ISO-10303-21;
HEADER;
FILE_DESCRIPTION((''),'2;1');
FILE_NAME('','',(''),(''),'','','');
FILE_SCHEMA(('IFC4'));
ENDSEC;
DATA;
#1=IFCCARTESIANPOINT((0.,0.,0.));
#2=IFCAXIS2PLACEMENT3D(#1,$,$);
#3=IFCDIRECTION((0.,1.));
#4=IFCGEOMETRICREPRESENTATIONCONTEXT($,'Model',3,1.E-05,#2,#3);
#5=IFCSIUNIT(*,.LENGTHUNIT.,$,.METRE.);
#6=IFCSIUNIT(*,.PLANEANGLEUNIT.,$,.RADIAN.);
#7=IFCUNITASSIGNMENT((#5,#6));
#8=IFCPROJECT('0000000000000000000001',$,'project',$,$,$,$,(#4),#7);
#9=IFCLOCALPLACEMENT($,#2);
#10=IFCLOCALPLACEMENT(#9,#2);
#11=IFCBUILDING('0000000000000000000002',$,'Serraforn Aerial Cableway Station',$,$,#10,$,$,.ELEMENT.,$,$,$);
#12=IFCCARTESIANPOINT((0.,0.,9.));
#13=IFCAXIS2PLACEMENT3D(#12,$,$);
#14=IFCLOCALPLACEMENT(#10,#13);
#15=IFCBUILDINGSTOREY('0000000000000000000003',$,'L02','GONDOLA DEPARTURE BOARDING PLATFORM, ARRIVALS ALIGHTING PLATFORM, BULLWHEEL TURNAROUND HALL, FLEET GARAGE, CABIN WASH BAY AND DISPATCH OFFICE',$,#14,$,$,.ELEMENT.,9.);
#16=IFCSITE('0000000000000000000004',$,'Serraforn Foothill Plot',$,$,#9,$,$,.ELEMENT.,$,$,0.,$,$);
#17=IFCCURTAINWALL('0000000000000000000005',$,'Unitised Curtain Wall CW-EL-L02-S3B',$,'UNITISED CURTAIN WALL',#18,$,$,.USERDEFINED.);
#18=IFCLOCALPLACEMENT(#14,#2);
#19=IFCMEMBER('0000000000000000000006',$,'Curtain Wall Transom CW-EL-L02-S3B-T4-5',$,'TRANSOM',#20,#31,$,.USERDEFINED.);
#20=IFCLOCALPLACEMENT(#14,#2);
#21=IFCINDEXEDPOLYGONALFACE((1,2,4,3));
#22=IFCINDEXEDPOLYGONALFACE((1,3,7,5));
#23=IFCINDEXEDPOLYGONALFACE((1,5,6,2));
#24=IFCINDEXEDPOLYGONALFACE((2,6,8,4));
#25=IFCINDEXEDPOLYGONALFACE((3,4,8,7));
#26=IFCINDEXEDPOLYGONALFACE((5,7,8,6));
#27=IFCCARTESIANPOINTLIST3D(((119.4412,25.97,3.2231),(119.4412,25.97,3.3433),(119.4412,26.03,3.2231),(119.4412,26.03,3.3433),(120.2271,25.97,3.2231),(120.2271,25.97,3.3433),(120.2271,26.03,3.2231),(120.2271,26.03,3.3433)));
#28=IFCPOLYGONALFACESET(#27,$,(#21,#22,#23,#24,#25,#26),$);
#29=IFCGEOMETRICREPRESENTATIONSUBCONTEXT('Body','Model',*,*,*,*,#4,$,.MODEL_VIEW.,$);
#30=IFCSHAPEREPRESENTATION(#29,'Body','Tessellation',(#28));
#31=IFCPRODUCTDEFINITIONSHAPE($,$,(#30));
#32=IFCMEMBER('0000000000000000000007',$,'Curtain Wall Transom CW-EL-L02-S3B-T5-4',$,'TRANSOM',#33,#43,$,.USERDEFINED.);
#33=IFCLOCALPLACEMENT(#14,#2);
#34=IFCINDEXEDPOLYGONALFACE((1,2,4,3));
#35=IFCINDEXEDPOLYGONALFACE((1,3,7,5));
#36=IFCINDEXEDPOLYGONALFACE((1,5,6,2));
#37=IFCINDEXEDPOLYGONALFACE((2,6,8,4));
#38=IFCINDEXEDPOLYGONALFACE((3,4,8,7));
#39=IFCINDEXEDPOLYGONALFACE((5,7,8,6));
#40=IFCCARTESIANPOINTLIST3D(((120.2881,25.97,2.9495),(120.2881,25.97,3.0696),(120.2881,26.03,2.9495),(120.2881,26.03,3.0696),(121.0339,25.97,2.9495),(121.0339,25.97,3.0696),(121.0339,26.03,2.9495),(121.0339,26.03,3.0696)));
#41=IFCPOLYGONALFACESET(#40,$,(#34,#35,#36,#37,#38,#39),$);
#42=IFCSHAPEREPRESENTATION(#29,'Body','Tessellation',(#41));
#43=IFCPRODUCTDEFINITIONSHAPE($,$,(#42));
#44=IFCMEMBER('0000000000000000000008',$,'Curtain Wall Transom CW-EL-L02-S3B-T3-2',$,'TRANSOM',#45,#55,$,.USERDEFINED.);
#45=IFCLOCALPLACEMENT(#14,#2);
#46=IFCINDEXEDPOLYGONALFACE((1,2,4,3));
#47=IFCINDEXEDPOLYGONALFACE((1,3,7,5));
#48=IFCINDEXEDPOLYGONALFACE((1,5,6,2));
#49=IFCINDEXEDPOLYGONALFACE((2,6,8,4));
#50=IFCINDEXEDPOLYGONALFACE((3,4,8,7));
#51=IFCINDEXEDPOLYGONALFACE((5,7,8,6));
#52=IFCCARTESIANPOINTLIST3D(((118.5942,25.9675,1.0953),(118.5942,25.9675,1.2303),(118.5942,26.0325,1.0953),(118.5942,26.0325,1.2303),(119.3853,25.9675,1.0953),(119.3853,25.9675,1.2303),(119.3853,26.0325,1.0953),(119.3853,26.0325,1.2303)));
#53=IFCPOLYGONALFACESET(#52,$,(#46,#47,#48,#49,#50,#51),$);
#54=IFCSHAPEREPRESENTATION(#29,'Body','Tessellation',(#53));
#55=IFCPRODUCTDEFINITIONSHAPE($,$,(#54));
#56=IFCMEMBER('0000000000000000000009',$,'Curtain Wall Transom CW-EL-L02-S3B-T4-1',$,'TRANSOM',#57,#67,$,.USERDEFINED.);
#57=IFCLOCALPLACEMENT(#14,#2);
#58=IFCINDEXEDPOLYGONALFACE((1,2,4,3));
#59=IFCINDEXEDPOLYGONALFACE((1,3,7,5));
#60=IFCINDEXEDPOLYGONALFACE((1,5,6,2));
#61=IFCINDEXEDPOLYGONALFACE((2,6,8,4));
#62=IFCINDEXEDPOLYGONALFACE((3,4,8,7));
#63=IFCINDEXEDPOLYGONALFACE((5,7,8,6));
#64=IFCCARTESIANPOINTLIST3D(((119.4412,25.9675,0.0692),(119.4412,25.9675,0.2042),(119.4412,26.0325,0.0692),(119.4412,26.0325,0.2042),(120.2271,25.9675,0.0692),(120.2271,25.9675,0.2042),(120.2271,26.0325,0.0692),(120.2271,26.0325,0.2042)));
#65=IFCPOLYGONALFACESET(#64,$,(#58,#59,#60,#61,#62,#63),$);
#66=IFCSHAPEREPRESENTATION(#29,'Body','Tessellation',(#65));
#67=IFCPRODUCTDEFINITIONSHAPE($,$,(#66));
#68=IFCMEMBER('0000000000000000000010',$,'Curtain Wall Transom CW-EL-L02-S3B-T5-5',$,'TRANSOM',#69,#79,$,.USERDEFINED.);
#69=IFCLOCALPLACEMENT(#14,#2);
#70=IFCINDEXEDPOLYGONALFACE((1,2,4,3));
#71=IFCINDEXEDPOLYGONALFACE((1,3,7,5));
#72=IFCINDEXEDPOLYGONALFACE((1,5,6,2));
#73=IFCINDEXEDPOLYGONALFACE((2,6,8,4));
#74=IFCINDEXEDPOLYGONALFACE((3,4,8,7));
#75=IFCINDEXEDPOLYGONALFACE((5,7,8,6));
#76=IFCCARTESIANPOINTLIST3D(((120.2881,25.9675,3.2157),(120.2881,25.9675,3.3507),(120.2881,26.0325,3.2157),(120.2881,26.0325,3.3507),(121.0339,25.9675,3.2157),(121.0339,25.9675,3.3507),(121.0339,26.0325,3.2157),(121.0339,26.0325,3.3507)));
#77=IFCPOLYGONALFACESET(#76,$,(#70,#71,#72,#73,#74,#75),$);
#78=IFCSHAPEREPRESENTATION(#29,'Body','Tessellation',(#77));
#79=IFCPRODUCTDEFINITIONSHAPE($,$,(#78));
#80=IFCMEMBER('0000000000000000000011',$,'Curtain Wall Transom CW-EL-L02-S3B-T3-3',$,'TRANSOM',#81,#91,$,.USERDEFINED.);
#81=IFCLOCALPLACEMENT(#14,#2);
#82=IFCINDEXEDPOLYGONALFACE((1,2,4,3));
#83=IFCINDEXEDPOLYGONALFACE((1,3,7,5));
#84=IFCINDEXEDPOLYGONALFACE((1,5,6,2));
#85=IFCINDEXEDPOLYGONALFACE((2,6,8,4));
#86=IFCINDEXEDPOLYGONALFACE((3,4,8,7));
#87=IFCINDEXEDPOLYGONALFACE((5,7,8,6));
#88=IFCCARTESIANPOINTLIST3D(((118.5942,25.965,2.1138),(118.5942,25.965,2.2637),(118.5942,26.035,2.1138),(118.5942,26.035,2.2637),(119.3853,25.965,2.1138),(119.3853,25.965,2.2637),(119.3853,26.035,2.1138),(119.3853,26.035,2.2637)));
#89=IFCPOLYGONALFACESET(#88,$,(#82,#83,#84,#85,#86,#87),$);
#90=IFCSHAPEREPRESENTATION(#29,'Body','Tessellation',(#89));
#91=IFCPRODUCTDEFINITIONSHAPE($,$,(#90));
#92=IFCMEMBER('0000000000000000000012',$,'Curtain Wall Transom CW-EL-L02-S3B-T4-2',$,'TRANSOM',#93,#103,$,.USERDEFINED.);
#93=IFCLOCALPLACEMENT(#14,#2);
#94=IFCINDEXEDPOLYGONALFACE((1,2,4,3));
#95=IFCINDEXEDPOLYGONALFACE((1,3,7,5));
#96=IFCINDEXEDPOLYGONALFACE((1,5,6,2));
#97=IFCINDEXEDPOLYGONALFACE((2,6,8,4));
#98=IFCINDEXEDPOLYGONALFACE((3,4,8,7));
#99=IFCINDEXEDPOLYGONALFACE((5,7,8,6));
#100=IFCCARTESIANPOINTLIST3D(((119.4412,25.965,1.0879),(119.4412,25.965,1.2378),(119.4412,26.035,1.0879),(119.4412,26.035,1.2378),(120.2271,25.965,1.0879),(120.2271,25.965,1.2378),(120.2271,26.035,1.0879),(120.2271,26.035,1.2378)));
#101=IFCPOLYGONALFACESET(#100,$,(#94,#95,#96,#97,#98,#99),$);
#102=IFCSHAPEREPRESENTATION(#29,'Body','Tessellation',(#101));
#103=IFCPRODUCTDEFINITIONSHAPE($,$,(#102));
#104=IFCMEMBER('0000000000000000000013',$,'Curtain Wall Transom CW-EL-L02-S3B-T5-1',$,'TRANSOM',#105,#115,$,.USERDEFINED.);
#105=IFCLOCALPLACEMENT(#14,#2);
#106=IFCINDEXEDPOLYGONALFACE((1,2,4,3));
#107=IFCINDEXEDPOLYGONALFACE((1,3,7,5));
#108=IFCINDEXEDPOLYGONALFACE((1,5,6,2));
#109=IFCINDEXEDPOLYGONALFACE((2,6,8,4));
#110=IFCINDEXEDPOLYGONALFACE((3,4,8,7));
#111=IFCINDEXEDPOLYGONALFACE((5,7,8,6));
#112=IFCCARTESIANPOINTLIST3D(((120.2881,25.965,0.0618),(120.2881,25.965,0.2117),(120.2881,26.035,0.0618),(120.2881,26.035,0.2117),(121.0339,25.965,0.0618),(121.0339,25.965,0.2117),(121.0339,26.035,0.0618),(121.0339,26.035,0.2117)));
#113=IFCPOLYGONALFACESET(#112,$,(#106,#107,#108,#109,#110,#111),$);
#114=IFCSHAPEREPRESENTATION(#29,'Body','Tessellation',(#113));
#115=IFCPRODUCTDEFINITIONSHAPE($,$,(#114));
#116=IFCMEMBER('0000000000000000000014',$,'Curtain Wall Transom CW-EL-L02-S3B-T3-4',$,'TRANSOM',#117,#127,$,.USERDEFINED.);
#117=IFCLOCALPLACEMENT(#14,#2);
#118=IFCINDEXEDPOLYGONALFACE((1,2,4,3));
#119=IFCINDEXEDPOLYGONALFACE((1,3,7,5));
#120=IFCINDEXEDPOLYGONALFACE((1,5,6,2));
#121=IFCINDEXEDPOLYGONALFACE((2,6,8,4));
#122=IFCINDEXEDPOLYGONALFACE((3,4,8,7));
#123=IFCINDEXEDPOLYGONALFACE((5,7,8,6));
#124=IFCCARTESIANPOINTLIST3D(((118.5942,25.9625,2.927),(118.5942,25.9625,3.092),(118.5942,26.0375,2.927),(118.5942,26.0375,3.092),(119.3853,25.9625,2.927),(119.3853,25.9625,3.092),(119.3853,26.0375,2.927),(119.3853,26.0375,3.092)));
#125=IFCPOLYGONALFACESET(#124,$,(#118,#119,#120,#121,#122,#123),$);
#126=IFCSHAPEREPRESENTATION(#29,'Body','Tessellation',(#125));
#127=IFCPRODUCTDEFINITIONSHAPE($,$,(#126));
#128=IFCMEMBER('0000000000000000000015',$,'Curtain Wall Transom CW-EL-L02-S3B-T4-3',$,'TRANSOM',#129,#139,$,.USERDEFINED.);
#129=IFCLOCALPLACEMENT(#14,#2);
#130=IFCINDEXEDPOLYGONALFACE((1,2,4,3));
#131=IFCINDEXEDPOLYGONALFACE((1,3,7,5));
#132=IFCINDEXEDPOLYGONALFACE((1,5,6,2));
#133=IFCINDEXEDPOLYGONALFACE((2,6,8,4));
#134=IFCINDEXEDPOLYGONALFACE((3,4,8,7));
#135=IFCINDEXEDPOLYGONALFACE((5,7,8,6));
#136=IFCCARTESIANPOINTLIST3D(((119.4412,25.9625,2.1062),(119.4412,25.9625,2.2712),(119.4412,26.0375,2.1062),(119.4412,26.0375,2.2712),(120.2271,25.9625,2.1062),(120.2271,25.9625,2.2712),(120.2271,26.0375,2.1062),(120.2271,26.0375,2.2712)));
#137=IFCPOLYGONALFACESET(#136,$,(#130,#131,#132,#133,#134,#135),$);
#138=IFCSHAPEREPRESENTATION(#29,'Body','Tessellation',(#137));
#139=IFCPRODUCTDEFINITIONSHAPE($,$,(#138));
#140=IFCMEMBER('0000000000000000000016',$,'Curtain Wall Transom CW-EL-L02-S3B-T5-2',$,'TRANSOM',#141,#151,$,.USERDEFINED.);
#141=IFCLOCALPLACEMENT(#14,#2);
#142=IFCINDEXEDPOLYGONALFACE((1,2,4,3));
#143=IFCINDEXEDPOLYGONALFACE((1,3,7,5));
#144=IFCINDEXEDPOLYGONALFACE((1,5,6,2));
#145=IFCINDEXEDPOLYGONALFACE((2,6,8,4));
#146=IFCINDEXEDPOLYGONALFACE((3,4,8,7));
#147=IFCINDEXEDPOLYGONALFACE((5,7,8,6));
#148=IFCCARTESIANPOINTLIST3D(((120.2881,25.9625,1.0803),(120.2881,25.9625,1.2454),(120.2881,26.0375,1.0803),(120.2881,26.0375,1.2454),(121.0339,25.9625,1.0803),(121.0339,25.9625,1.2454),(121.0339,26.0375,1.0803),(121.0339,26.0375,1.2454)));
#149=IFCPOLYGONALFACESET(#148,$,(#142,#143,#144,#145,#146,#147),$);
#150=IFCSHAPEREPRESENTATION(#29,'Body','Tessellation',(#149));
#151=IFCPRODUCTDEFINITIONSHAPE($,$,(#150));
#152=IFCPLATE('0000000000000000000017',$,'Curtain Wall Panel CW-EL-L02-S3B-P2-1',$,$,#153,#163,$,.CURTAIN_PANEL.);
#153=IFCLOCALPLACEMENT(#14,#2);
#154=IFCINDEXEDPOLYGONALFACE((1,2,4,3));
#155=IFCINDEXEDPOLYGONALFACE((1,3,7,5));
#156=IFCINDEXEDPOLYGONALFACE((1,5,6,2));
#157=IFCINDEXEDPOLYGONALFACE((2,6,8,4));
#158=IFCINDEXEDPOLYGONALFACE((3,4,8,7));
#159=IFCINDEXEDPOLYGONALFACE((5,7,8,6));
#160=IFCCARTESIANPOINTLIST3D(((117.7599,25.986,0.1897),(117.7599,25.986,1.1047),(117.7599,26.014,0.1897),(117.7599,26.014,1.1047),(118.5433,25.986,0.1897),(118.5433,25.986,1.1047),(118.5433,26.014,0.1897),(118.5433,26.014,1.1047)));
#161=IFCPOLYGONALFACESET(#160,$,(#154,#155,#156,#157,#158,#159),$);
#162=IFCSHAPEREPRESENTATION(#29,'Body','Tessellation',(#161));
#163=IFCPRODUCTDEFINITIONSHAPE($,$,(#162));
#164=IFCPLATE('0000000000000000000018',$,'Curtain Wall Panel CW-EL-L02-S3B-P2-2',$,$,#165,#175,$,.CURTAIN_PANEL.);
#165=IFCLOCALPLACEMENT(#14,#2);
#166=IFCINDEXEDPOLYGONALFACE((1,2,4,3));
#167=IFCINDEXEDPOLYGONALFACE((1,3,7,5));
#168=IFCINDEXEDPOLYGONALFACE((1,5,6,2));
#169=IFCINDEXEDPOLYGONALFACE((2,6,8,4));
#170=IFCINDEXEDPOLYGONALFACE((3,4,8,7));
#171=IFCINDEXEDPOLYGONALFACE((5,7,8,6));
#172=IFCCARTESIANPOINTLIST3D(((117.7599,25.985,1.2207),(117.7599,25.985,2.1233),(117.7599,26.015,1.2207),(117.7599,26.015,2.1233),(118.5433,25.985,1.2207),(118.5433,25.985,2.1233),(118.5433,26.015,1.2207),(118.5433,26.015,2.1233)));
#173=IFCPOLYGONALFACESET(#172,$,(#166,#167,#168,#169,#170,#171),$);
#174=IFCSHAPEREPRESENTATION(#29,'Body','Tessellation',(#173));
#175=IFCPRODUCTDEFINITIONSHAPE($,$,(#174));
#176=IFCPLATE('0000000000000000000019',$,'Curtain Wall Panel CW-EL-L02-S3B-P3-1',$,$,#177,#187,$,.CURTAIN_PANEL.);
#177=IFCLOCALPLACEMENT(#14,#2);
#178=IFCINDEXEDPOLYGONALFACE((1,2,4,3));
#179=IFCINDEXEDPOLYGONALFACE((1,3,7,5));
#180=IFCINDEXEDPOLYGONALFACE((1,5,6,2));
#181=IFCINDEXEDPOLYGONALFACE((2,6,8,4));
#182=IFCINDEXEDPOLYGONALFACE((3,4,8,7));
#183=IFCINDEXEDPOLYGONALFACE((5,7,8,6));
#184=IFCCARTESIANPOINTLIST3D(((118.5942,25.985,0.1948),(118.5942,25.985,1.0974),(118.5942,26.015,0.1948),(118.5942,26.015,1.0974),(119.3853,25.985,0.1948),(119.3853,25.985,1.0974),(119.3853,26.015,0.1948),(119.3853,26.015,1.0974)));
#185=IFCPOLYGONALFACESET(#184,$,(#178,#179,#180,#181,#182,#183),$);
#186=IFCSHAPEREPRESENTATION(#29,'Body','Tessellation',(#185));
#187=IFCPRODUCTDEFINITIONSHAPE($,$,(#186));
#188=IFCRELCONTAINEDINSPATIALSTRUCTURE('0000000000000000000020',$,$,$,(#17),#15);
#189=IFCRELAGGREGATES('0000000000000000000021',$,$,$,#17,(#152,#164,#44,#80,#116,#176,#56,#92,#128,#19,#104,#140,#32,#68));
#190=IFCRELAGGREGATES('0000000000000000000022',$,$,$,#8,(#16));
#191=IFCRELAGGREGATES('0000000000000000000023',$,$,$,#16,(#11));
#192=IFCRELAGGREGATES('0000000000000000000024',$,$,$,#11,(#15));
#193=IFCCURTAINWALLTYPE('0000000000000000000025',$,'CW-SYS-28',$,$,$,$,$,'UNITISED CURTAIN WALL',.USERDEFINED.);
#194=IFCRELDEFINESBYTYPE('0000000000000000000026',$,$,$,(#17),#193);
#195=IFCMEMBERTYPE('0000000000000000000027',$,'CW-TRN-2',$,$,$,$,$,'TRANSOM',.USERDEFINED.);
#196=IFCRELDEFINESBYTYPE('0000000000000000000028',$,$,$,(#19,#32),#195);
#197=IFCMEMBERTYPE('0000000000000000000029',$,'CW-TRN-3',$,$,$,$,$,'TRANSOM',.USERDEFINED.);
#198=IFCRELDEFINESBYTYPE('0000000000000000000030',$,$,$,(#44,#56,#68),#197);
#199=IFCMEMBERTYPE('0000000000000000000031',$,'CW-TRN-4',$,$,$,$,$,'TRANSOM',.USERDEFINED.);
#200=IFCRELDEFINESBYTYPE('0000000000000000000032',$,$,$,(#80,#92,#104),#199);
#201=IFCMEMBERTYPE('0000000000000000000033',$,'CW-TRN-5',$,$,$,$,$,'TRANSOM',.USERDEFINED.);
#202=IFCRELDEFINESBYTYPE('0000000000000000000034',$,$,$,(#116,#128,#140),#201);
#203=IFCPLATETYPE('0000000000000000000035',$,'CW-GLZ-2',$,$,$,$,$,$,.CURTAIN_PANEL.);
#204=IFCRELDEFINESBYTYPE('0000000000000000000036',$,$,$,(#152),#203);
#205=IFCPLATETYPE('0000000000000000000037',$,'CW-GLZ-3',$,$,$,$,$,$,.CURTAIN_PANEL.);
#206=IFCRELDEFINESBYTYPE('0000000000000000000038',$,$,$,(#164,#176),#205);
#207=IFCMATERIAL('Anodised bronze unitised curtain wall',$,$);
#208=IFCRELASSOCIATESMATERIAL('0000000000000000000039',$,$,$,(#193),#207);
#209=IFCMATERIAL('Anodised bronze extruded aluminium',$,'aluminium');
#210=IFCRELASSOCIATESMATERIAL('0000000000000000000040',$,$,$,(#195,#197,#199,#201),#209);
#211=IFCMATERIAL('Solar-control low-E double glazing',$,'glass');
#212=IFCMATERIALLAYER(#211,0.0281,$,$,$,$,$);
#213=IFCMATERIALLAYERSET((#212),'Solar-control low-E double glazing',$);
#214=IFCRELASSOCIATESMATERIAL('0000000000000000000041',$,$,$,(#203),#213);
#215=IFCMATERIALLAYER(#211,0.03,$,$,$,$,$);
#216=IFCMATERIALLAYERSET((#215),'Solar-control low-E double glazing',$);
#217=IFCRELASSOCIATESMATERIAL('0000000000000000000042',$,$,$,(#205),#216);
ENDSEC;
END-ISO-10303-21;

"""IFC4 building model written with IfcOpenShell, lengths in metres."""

from ifc_helpers import new_model, si_unit, direction, frame, origin, origin_2d, place, context, subcontext, project, spatial, rectangle, extrude, material, layer, layer_set, material_profile, profile_set, type_object, element, aggregate, save


model = new_model("IFC4")

# Units and contexts
model_context = context("Model", 3, precision=1e-05, world=origin(), true_north=direction((0.0, 1.0)))
body_context = subcontext(model_context, "Body", "Model", "MODEL_VIEW")
ifc_project = project(units=[si_unit("LENGTHUNIT", "METRE"), si_unit("PLANEANGLEUNIT", "RADIAN")], contexts=[model_context])

# Site, building, storey
site_placement = place(None, origin())
site = spatial("IfcSite", under=ifc_project, at=site_placement, Name="Serraforn Foothill Plot", CompositionType="ELEMENT", RefElevation=0.0)
building_placement = place(site_placement, origin())
building = spatial("IfcBuilding", under=site, at=building_placement, Name="Serraforn Aerial Cableway Station", CompositionType="ELEMENT")
storey_placement = place(building_placement, frame((0.0, 0.0, 9.0)))
storey = spatial("IfcBuildingStorey", under=building, at=storey_placement, Name="L02", Description="GONDOLA DEPARTURE BOARDING PLATFORM, ARRIVALS ALIGHTING PLATFORM, BULLWHEEL TURNAROUND HALL, FLEET GARAGE, CABIN WASH BAY AND DISPATCH OFFICE", CompositionType="ELEMENT", Elevation=9.0)

# Curtain wall, members, plates
ifc_material_1 = material(Name="Anodised bronze unitised curtain wall")
curtain_wall_type = type_object("IfcCurtainWallType", Name="CW-SYS-28", ElementType="UNITISED CURTAIN WALL", PredefinedType="USERDEFINED", material=ifc_material_1)
curtain_wall_placement = place(storey_placement, origin())
curtain_wall = element("IfcCurtainWall", 1, at=curtain_wall_placement, inside=storey, type_object=curtain_wall_type, Name="Unitised Curtain Wall CW-EL-L02-S3B", ObjectType="UNITISED CURTAIN WALL", PredefinedType="USERDEFINED")
ifc_material_2 = material(Name="Anodised bronze extruded aluminium", Category="aluminium")
ifc_material_profile_1 = material_profile(ifc_material_2, rectangle(XDim=0.0601, YDim=0.1201, at=origin_2d()), Name="CW TRANSOM 60x120")
ifc_profile_set_1 = profile_set([ifc_material_profile_1], Name="Anodised bronze extruded aluminium")
member_type_1 = type_object("IfcMemberType", Name="CW-TRN-2", ElementType="TRANSOM", PredefinedType="USERDEFINED", material=ifc_profile_set_1)
member_1_placement = place(storey_placement, frame((119.4412, 26.0, 3.2832), z_axis=(1.0, 0.0, 0.0), x_axis=(0.0, 1.0, 0.0)))
member_1 = element("IfcMember", 2, at=member_1_placement, type_object=member_type_1, Name="Curtain Wall Transom CW-EL-L02-S3B-T4-5", ObjectType="TRANSOM", PredefinedType="USERDEFINED", context=body_context, shape_type="SweptSolid", body=[
    extrude(rectangle(XDim=0.0601, YDim=0.1201, at=origin_2d()), origin(), (0.0, 0.0, 1.0), 0.7859),
])
member_2_placement = place(storey_placement, frame((120.2881, 26.0, 3.0095), z_axis=(1.0, 0.0, 0.0), x_axis=(0.0, 1.0, 0.0)))
member_2 = element("IfcMember", 3, at=member_2_placement, type_object=member_type_1, Name="Curtain Wall Transom CW-EL-L02-S3B-T5-4", ObjectType="TRANSOM", PredefinedType="USERDEFINED", context=body_context, shape_type="SweptSolid", body=[
    extrude(rectangle(XDim=0.0601, YDim=0.1201, at=origin_2d()), origin(), (0.0, 0.0, 1.0), 0.7458),
])
ifc_material_profile_2 = material_profile(ifc_material_2, rectangle(XDim=0.0649, YDim=0.135, at=origin_2d()), Name="CW TRANSOM 65x135")
ifc_profile_set_2 = profile_set([ifc_material_profile_2], Name="Anodised bronze extruded aluminium")
member_type_2 = type_object("IfcMemberType", Name="CW-TRN-3", ElementType="TRANSOM", PredefinedType="USERDEFINED", material=ifc_profile_set_2)
member_3_placement = place(storey_placement, frame((118.5942, 26.0, 1.1628), z_axis=(1.0, 0.0, 0.0), x_axis=(0.0, 1.0, 0.0)))
member_3 = element("IfcMember", 4, at=member_3_placement, type_object=member_type_2, Name="Curtain Wall Transom CW-EL-L02-S3B-T3-2", ObjectType="TRANSOM", PredefinedType="USERDEFINED", context=body_context, shape_type="SweptSolid", body=[
    extrude(rectangle(XDim=0.0649, YDim=0.135, at=origin_2d()), origin(), (0.0, 0.0, 1.0), 0.791),
])
member_4_placement = place(storey_placement, frame((119.4412, 26.0, 0.1367), z_axis=(1.0, 0.0, 0.0), x_axis=(0.0, 1.0, 0.0)))
member_4 = element("IfcMember", 5, at=member_4_placement, type_object=member_type_2, Name="Curtain Wall Transom CW-EL-L02-S3B-T4-1", ObjectType="TRANSOM", PredefinedType="USERDEFINED", context=body_context, shape_type="SweptSolid", body=[
    extrude(rectangle(XDim=0.0649, YDim=0.135, at=origin_2d()), origin(), (0.0, 0.0, 1.0), 0.7859),
])
member_5_placement = place(storey_placement, frame((120.2881, 26.0, 3.2832), z_axis=(1.0, 0.0, 0.0), x_axis=(0.0, 1.0, 0.0)))
member_5 = element("IfcMember", 6, at=member_5_placement, type_object=member_type_2, Name="Curtain Wall Transom CW-EL-L02-S3B-T5-5", ObjectType="TRANSOM", PredefinedType="USERDEFINED", context=body_context, shape_type="SweptSolid", body=[
    extrude(rectangle(XDim=0.0649, YDim=0.135, at=origin_2d()), origin(), (0.0, 0.0, 1.0), 0.7458),
])
ifc_material_profile_3 = material_profile(ifc_material_2, rectangle(XDim=0.0701, YDim=0.1499, at=origin_2d()), Name="CW TRANSOM 70x150")
ifc_profile_set_3 = profile_set([ifc_material_profile_3], Name="Anodised bronze extruded aluminium")
member_type_3 = type_object("IfcMemberType", Name="CW-TRN-4", ElementType="TRANSOM", PredefinedType="USERDEFINED", material=ifc_profile_set_3)
member_6_placement = place(storey_placement, frame((118.5942, 26.0, 2.1887), z_axis=(1.0, 0.0, 0.0), x_axis=(0.0, 1.0, 0.0)))
member_6 = element("IfcMember", 7, at=member_6_placement, type_object=member_type_3, Name="Curtain Wall Transom CW-EL-L02-S3B-T3-3", ObjectType="TRANSOM", PredefinedType="USERDEFINED", context=body_context, shape_type="SweptSolid", body=[
    extrude(rectangle(XDim=0.0701, YDim=0.1499, at=origin_2d()), origin(), (0.0, 0.0, 1.0), 0.791),
])
member_7_placement = place(storey_placement, frame((119.4412, 26.0, 1.1628), z_axis=(1.0, 0.0, 0.0), x_axis=(0.0, 1.0, 0.0)))
member_7 = element("IfcMember", 8, at=member_7_placement, type_object=member_type_3, Name="Curtain Wall Transom CW-EL-L02-S3B-T4-2", ObjectType="TRANSOM", PredefinedType="USERDEFINED", context=body_context, shape_type="SweptSolid", body=[
    extrude(rectangle(XDim=0.0701, YDim=0.1499, at=origin_2d()), origin(), (0.0, 0.0, 1.0), 0.7859),
])
member_8_placement = place(storey_placement, frame((120.2881, 26.0, 0.1367), z_axis=(1.0, 0.0, 0.0), x_axis=(0.0, 1.0, 0.0)))
member_8 = element("IfcMember", 9, at=member_8_placement, type_object=member_type_3, Name="Curtain Wall Transom CW-EL-L02-S3B-T5-1", ObjectType="TRANSOM", PredefinedType="USERDEFINED", context=body_context, shape_type="SweptSolid", body=[
    extrude(rectangle(XDim=0.0701, YDim=0.1499, at=origin_2d()), origin(), (0.0, 0.0, 1.0), 0.7458),
])
ifc_material_profile_4 = material_profile(ifc_material_2, rectangle(XDim=0.075, YDim=0.165, at=origin_2d()), Name="CW TRANSOM 75x165")
ifc_profile_set_4 = profile_set([ifc_material_profile_4], Name="Anodised bronze extruded aluminium")
member_type_4 = type_object("IfcMemberType", Name="CW-TRN-5", ElementType="TRANSOM", PredefinedType="USERDEFINED", material=ifc_profile_set_4)
member_9_placement = place(storey_placement, frame((118.5942, 26.0, 3.0095), z_axis=(1.0, 0.0, 0.0), x_axis=(0.0, 1.0, 0.0)))
member_9 = element("IfcMember", 10, at=member_9_placement, type_object=member_type_4, Name="Curtain Wall Transom CW-EL-L02-S3B-T3-4", ObjectType="TRANSOM", PredefinedType="USERDEFINED", context=body_context, shape_type="SweptSolid", body=[
    extrude(rectangle(XDim=0.075, YDim=0.165, at=origin_2d()), origin(), (0.0, 0.0, 1.0), 0.791),
])
member_10_placement = place(storey_placement, frame((119.4412, 26.0, 2.1887), z_axis=(1.0, 0.0, 0.0), x_axis=(0.0, 1.0, 0.0)))
member_10 = element("IfcMember", 11, at=member_10_placement, type_object=member_type_4, Name="Curtain Wall Transom CW-EL-L02-S3B-T4-3", ObjectType="TRANSOM", PredefinedType="USERDEFINED", context=body_context, shape_type="SweptSolid", body=[
    extrude(rectangle(XDim=0.075, YDim=0.165, at=origin_2d()), origin(), (0.0, 0.0, 1.0), 0.7859),
])
member_11_placement = place(storey_placement, frame((120.2881, 26.0, 1.1628), z_axis=(1.0, 0.0, 0.0), x_axis=(0.0, 1.0, 0.0)))
member_11 = element("IfcMember", 12, at=member_11_placement, type_object=member_type_4, Name="Curtain Wall Transom CW-EL-L02-S3B-T5-2", ObjectType="TRANSOM", PredefinedType="USERDEFINED", context=body_context, shape_type="SweptSolid", body=[
    extrude(rectangle(XDim=0.075, YDim=0.165, at=origin_2d()), origin(), (0.0, 0.0, 1.0), 0.7458),
])
ifc_material_3 = material(Name="Solar-control low-E double glazing", Category="glass")
ifc_layer_1 = layer(ifc_material_3, 0.0281)
ifc_layer_set_1 = layer_set([ifc_layer_1], Name="Solar-control low-E double glazing")
plate_type_1 = type_object("IfcPlateType", Name="CW-GLZ-2", PredefinedType="CURTAIN_PANEL", material=ifc_layer_set_1)
plate_1_placement = place(storey_placement, frame((118.1516, 26.0, 0.1897), z_axis=(0.0, 0.0, 1.0), x_axis=(1.0, 0.0, 0.0)))
plate_1 = element("IfcPlate", 13, at=plate_1_placement, type_object=plate_type_1, Name="Curtain Wall Panel CW-EL-L02-S3B-P2-1", PredefinedType="CURTAIN_PANEL", context=body_context, shape_type="SweptSolid", body=[
    extrude(rectangle(XDim=0.7834, YDim=0.0281, at=origin_2d()), origin(), (0.0, 0.0, 1.0), 0.915),
])
ifc_layer_2 = layer(ifc_material_3, 0.03)
ifc_layer_set_2 = layer_set([ifc_layer_2], Name="Solar-control low-E double glazing")
plate_type_2 = type_object("IfcPlateType", Name="CW-GLZ-3", PredefinedType="CURTAIN_PANEL", material=ifc_layer_set_2)
plate_2_placement = place(storey_placement, frame((118.1516, 26.0, 1.2207), z_axis=(0.0, 0.0, 1.0), x_axis=(1.0, 0.0, 0.0)))
plate_2 = element("IfcPlate", 14, at=plate_2_placement, type_object=plate_type_2, Name="Curtain Wall Panel CW-EL-L02-S3B-P2-2", PredefinedType="CURTAIN_PANEL", context=body_context, shape_type="SweptSolid", body=[
    extrude(rectangle(XDim=0.7834, YDim=0.03, at=origin_2d()), origin(), (0.0, 0.0, 1.0), 0.9026),
])
plate_3_placement = place(storey_placement, frame((118.9897, 26.0, 0.1948), z_axis=(0.0, 0.0, 1.0), x_axis=(1.0, 0.0, 0.0)))
plate_3 = element("IfcPlate", 15, at=plate_3_placement, type_object=plate_type_2, Name="Curtain Wall Panel CW-EL-L02-S3B-P3-1", PredefinedType="CURTAIN_PANEL", context=body_context, shape_type="SweptSolid", body=[
    extrude(rectangle(XDim=0.791, YDim=0.03, at=origin_2d()), origin(), (0.0, 0.0, 1.0), 0.9026),
])
aggregate(curtain_wall, [plate_1, plate_2, member_3, member_6, member_9, plate_3, member_4, member_7, member_10, member_1, member_8, member_11, member_2, member_5])

save(model, "model.ifc")
